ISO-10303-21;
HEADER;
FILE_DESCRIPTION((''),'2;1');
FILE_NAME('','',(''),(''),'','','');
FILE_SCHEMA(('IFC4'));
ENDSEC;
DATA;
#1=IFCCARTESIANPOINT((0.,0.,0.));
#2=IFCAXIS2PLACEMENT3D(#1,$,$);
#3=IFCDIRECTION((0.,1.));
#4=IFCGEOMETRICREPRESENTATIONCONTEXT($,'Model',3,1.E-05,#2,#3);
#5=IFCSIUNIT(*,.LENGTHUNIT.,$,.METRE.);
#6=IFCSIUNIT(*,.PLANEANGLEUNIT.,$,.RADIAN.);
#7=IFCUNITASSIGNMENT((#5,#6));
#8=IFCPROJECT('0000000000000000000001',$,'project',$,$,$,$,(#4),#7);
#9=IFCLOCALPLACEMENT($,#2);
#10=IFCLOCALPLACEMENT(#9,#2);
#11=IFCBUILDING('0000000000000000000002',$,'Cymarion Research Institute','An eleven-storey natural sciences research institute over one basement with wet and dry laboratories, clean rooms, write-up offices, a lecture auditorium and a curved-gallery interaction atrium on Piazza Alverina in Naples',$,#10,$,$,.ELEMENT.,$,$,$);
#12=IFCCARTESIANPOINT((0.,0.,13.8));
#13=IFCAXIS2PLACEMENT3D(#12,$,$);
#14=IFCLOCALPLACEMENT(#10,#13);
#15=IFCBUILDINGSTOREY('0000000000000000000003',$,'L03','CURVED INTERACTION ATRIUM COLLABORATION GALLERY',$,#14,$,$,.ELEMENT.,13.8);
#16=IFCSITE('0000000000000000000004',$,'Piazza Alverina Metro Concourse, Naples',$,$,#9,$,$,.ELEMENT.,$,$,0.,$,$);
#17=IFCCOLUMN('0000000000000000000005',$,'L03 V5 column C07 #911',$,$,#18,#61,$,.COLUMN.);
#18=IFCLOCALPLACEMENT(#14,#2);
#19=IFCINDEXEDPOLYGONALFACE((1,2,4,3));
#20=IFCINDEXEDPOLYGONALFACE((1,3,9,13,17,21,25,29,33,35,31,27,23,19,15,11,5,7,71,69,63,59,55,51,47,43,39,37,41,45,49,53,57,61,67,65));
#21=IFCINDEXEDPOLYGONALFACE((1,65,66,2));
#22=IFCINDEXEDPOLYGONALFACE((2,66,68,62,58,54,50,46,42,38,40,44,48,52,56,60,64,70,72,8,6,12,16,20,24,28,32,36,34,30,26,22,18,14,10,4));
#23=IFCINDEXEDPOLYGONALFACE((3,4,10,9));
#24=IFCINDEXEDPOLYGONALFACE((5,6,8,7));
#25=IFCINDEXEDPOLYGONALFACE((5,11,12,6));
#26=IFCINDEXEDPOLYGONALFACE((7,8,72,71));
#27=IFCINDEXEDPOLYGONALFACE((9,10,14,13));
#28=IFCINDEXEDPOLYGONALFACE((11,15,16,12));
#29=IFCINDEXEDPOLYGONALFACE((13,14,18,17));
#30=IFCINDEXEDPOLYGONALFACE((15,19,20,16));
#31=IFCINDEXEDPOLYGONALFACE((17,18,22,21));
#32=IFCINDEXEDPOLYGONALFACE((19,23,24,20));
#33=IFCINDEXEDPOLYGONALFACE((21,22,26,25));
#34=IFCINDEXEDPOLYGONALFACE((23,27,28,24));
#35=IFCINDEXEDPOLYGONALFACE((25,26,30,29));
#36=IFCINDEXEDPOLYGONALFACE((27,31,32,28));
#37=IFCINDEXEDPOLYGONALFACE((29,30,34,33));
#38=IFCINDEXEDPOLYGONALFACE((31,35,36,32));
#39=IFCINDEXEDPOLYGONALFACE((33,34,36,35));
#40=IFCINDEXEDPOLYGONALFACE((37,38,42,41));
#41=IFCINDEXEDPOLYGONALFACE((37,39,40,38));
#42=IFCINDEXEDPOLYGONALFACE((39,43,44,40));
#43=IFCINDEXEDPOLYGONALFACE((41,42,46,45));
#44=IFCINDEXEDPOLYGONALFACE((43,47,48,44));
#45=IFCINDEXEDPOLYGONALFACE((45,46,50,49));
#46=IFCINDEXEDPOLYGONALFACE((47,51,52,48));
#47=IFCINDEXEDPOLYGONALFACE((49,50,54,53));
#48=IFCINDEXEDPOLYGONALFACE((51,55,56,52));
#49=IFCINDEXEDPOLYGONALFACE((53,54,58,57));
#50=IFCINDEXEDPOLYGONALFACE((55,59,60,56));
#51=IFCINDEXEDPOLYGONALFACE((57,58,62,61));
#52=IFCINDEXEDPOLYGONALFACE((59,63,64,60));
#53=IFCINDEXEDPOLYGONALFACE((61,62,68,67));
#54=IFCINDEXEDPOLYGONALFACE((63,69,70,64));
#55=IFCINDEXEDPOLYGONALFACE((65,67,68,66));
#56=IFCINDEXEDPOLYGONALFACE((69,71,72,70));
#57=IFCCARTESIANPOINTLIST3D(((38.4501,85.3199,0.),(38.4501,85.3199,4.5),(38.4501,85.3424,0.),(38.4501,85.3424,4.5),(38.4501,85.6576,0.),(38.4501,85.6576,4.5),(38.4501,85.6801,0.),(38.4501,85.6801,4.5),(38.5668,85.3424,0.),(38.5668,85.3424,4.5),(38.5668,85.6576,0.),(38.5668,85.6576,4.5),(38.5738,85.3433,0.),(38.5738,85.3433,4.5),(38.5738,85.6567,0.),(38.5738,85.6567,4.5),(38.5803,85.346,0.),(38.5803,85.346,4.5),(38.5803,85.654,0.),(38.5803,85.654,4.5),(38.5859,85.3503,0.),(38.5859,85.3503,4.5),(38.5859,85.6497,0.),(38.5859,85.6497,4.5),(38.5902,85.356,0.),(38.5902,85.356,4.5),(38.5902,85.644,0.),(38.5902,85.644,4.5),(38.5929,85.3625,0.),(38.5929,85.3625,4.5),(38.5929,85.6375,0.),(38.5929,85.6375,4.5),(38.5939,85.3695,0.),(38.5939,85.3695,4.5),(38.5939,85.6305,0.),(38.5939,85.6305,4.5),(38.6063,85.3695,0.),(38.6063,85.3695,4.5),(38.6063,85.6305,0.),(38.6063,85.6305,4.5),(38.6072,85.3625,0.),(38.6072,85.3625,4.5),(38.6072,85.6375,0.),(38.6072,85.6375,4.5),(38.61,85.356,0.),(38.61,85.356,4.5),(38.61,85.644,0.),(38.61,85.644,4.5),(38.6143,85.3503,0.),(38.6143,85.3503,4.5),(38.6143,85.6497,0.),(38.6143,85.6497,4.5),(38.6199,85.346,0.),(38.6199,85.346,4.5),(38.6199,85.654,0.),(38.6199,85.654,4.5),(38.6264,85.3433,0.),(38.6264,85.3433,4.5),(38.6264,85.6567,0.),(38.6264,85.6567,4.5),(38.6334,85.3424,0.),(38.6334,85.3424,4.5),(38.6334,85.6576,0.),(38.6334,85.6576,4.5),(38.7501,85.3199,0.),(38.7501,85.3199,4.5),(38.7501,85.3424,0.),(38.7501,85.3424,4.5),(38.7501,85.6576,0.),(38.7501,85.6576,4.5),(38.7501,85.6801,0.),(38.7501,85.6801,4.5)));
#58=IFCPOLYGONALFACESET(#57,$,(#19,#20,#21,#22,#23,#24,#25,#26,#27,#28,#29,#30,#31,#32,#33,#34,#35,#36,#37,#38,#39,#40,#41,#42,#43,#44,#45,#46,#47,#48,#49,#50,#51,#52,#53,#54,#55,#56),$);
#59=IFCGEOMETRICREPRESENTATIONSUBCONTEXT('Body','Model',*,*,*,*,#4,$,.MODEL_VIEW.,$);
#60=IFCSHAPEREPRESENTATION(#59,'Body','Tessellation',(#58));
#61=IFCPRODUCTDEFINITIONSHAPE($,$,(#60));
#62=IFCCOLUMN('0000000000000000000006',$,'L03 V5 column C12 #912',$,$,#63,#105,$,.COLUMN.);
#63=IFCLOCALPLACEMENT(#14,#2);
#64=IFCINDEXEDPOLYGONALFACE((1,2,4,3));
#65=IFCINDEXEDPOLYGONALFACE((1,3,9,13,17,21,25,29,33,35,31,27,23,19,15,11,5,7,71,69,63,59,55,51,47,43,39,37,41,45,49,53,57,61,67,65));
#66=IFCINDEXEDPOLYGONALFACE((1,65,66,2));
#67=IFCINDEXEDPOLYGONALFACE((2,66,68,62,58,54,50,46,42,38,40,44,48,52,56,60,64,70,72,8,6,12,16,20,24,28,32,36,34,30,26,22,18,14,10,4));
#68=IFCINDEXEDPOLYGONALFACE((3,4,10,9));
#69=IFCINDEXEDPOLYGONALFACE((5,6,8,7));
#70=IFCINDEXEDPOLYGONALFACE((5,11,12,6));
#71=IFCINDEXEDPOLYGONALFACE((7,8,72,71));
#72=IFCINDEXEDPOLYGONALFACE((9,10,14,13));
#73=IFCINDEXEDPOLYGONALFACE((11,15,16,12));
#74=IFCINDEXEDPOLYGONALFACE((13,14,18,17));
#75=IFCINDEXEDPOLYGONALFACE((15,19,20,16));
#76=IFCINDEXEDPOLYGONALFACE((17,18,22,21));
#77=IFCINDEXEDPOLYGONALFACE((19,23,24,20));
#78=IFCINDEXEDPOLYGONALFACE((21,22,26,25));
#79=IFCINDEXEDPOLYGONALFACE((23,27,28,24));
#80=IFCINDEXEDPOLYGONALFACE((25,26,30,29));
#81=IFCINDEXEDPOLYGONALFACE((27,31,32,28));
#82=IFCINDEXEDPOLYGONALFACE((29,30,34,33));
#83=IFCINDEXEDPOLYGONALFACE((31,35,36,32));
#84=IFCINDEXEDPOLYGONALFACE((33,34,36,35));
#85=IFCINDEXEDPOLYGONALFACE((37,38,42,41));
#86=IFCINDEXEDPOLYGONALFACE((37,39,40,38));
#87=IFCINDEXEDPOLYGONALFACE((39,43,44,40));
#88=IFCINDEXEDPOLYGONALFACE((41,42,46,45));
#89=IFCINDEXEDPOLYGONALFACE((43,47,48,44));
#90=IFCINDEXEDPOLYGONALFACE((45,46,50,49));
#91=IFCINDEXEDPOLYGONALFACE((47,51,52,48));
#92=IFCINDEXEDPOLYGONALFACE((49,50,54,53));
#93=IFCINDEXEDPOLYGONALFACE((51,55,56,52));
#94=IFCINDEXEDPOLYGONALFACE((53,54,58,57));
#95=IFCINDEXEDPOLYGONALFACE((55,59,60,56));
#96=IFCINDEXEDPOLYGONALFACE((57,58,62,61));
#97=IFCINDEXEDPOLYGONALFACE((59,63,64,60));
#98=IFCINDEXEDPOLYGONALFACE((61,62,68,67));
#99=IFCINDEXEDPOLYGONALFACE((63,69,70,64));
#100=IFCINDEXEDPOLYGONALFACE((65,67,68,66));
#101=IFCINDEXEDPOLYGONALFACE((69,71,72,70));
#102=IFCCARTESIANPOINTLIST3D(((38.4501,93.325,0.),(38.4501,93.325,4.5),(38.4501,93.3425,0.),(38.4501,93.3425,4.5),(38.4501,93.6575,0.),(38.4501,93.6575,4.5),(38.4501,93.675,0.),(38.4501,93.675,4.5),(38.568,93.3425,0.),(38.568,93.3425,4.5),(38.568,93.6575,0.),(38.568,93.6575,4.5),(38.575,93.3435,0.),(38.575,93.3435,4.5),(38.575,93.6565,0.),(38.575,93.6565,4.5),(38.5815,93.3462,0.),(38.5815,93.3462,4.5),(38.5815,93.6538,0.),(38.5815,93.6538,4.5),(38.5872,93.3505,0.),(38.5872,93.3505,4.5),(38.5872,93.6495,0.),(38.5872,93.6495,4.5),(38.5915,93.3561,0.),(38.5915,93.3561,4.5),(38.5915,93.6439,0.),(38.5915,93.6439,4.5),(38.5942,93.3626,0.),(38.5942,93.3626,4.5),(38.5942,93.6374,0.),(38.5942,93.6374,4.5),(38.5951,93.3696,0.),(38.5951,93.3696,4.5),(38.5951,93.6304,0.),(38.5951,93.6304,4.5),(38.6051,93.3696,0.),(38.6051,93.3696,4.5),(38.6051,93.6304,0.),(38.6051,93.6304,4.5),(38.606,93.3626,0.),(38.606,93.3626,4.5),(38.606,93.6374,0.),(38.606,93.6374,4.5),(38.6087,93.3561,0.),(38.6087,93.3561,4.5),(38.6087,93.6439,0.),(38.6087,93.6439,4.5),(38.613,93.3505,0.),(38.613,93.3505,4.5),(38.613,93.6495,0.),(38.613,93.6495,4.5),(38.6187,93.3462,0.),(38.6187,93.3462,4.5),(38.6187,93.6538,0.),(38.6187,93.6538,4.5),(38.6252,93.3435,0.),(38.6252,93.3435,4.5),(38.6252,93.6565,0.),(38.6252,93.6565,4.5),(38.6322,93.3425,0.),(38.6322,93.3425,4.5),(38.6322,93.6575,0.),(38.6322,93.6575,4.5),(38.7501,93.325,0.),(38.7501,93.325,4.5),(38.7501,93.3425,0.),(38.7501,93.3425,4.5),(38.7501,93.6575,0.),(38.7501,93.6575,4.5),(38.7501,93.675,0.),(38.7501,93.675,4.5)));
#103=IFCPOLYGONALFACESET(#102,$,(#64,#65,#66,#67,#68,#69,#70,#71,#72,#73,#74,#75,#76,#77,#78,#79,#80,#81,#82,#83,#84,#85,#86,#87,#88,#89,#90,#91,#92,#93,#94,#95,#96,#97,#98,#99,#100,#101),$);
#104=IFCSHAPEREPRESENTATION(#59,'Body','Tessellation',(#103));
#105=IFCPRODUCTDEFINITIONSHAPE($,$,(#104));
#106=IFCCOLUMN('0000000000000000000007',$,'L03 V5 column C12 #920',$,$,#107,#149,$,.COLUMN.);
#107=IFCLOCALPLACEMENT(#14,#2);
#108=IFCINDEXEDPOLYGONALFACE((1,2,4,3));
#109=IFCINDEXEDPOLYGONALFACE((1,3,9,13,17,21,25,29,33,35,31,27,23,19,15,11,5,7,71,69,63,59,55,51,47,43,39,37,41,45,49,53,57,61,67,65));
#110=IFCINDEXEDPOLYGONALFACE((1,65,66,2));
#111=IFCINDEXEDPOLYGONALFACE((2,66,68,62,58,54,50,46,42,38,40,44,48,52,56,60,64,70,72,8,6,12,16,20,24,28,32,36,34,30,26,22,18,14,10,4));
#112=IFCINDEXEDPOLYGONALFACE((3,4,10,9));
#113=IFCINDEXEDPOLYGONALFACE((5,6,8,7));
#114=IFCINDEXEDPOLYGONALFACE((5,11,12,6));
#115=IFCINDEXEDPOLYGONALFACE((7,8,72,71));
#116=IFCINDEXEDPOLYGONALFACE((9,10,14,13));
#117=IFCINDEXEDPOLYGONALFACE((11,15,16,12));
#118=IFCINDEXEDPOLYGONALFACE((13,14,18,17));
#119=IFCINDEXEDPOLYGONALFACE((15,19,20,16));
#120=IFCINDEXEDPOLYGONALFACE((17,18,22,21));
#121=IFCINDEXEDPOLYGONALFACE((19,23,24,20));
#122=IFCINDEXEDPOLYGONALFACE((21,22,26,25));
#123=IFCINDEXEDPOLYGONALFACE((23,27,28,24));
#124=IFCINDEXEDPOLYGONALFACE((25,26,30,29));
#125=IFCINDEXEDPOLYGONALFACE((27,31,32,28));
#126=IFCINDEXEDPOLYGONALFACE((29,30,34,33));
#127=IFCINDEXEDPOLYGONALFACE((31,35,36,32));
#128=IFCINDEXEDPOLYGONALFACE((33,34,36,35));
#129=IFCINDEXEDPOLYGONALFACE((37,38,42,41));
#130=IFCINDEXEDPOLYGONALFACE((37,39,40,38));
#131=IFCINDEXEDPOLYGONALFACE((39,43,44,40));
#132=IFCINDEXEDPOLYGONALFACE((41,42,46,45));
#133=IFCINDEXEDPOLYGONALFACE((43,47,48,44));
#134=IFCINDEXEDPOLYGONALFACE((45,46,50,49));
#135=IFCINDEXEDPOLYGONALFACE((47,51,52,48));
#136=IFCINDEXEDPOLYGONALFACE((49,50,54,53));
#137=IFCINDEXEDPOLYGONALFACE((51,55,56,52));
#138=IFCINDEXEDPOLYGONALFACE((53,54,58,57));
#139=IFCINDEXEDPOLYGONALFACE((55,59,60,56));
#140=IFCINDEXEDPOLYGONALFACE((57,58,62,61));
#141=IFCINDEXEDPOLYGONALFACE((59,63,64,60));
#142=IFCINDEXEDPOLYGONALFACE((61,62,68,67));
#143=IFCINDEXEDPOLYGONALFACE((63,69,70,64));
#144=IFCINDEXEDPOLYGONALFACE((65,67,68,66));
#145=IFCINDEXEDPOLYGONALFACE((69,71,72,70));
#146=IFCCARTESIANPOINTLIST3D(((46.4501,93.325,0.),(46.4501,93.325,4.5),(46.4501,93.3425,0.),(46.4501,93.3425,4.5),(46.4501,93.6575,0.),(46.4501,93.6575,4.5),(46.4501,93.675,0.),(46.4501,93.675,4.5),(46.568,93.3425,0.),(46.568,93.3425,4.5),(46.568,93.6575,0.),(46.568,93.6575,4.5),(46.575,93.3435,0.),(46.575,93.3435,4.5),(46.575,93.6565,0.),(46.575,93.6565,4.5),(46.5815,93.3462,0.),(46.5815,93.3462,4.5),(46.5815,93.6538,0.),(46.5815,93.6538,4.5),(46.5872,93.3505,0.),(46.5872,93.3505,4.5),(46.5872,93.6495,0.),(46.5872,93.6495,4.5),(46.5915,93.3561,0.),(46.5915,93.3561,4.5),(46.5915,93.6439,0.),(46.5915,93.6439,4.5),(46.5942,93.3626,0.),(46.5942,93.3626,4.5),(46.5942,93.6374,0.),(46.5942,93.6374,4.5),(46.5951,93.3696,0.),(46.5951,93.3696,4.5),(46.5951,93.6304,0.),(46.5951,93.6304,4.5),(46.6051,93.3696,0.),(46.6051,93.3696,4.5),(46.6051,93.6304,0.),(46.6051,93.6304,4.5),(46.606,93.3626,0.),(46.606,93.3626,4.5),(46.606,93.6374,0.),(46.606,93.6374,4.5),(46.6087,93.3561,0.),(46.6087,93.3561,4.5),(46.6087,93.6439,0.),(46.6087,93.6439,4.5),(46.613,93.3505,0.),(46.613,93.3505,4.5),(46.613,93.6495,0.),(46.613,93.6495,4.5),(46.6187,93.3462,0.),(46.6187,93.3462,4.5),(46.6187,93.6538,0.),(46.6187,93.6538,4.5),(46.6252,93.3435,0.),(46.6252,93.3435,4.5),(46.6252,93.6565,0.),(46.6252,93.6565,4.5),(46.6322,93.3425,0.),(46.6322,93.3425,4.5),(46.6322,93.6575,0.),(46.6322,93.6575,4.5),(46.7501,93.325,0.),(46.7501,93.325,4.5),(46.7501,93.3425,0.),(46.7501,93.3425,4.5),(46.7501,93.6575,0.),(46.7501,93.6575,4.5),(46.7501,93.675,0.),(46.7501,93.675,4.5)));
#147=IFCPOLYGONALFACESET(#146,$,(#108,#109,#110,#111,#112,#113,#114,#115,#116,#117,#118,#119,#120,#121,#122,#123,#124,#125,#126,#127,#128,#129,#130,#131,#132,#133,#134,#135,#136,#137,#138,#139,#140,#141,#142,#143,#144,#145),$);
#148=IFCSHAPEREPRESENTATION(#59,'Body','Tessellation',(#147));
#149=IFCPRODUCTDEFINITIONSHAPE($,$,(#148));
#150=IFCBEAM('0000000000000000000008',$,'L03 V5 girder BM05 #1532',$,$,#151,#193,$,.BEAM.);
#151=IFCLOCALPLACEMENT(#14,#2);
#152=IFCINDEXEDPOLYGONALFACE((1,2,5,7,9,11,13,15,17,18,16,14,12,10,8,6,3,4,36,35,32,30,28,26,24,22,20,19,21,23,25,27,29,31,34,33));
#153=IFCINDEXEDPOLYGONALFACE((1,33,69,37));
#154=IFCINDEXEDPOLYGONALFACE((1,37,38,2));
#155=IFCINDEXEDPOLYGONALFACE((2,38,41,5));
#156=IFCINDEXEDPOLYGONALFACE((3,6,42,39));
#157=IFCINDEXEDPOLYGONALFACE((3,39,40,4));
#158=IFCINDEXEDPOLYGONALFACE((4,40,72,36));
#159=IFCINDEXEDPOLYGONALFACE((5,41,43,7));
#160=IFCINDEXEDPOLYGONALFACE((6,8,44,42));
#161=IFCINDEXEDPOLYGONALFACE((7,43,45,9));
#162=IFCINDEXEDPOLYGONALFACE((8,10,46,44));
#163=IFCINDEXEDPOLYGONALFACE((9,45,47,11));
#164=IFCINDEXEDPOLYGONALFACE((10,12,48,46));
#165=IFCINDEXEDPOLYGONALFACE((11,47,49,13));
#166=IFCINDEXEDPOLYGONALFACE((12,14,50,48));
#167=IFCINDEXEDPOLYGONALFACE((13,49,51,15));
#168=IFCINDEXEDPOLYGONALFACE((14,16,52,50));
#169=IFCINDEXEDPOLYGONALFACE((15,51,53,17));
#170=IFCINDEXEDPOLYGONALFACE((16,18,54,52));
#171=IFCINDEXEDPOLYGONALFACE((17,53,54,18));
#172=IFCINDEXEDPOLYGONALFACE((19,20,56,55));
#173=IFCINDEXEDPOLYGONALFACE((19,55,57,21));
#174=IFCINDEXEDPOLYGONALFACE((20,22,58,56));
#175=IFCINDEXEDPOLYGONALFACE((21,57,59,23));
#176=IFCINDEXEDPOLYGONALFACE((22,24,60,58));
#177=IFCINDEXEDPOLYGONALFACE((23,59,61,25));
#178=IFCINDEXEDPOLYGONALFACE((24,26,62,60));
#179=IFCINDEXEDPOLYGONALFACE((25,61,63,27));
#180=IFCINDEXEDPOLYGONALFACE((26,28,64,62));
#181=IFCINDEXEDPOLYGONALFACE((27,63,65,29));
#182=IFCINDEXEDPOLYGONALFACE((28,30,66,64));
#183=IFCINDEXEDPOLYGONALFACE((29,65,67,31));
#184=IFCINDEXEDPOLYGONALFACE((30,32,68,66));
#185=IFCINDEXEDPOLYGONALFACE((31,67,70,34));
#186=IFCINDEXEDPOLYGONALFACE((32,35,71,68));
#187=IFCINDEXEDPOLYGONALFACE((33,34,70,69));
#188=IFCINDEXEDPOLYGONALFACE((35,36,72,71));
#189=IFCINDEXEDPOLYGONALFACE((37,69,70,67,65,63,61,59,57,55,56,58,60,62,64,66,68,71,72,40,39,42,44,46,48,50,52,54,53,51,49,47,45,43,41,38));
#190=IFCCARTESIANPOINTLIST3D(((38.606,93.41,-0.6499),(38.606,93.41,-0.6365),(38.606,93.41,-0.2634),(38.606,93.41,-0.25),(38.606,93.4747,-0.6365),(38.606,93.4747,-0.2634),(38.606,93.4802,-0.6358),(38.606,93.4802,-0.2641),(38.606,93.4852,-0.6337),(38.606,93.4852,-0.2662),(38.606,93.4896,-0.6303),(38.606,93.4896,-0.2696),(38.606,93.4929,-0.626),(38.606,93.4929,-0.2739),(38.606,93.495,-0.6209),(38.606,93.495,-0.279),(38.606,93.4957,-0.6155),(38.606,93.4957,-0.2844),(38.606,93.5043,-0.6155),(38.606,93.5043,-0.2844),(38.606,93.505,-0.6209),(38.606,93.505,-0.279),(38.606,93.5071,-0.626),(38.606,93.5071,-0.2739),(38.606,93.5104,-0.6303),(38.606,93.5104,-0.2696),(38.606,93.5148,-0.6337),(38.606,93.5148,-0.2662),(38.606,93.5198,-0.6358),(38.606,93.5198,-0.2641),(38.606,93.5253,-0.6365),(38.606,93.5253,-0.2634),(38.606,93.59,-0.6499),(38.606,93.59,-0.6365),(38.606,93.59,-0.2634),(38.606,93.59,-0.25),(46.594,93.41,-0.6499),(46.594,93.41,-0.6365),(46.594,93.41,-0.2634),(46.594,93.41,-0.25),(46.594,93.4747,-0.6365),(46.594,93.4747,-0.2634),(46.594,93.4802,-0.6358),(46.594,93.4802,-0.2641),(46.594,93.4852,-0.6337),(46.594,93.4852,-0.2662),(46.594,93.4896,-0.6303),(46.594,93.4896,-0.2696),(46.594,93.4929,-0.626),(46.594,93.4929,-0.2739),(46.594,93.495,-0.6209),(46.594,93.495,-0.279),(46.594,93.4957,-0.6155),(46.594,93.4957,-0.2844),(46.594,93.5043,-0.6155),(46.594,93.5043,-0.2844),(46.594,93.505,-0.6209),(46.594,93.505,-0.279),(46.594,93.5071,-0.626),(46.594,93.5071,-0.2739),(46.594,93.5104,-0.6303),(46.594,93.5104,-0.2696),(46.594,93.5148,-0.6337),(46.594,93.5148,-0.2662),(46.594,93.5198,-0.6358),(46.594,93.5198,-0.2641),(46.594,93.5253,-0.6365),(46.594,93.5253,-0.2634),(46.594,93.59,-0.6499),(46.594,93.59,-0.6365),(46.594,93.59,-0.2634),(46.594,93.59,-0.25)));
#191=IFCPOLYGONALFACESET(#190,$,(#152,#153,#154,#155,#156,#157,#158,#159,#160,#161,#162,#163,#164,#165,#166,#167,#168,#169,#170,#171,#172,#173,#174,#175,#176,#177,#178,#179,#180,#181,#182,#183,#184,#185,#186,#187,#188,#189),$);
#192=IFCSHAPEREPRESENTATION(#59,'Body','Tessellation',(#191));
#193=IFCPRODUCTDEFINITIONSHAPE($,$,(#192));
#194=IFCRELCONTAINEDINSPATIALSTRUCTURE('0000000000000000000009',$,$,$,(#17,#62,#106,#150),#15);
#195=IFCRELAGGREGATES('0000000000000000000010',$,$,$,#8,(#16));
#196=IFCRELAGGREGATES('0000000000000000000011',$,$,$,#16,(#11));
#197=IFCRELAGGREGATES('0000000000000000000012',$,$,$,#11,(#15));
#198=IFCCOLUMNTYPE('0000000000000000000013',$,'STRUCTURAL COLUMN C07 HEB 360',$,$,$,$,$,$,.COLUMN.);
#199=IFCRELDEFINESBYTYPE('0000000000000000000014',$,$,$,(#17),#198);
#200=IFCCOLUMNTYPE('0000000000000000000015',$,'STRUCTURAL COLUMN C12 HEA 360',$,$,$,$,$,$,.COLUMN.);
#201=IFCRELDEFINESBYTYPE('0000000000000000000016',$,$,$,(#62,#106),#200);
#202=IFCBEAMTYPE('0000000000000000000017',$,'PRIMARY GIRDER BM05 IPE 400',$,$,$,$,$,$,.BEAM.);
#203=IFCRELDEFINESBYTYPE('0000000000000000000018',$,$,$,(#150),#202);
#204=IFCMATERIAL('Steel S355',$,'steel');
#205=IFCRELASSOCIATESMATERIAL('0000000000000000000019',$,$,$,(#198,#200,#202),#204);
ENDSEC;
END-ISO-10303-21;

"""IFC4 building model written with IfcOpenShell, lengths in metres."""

from ifc_helpers import new_model, si_unit, direction, frame, origin, origin_2d, place, context, subcontext, project, spatial, i_section, extrude, material, material_profile, profile_set, type_object, element, save


model = new_model("IFC4")

# Units and contexts
model_context = context("Model", 3, precision=1e-05, world=origin(), true_north=direction((0.0, 1.0)))
body_context = subcontext(model_context, "Body", "Model", "MODEL_VIEW")
ifc_project = project(units=[si_unit("LENGTHUNIT", "METRE"), si_unit("PLANEANGLEUNIT", "RADIAN")], contexts=[model_context])

# Site, building, storey
site_placement = place(None, origin())
site = spatial("IfcSite", under=ifc_project, at=site_placement, Name="Piazza Alverina Metro Concourse, Naples", CompositionType="ELEMENT", RefElevation=0.0)
building_placement = place(site_placement, origin())
building = spatial("IfcBuilding", under=site, at=building_placement, Name="Cymarion Research Institute", Description="An eleven-storey natural sciences research institute over one basement with wet and dry laboratories, clean rooms, write-up offices, a lecture auditorium and a curved-gallery interaction atrium on Piazza Alverina in Naples", CompositionType="ELEMENT")
storey_placement = place(building_placement, frame((0.0, 0.0, 13.8)))
storey = spatial("IfcBuildingStorey", under=building, at=storey_placement, Name="L03", Description="CURVED INTERACTION ATRIUM COLLABORATION GALLERY", CompositionType="ELEMENT", Elevation=13.8)

# Columns
ifc_material_1 = material(Name="Steel S355", Category="steel")
ifc_material_profile_1 = material_profile(ifc_material_1, i_section(OverallWidth=0.3, OverallDepth=0.3601, WebThickness=0.0125, FlangeThickness=0.0225, FilletRadius=0.0271, at=origin_2d()), Name="HEB 360")
ifc_profile_set_1 = profile_set([ifc_material_profile_1], Name="Steel S355")
column_type_1 = type_object("IfcColumnType", Name="STRUCTURAL COLUMN C07 HEB 360", PredefinedType="COLUMN", material=ifc_profile_set_1)
column_placement = place(storey_placement, frame((38.6001, 85.5, 0.0), z_axis=(0.0, 0.0, 1.0), x_axis=(1.0, 0.0, 0.0)))
element("IfcColumn", 1, at=column_placement, inside=storey, type_object=column_type_1, Name="L03 V5 column C07 #911", PredefinedType="COLUMN", context=body_context, shape_type="SweptSolid", body=[
    extrude(i_section(OverallWidth=0.3, OverallDepth=0.3601, WebThickness=0.0125, FlangeThickness=0.0225, FilletRadius=0.0271, at=origin_2d()), origin(), (0.0, 0.0, 1.0), 4.5),
])
ifc_material_profile_2 = material_profile(ifc_material_1, i_section(OverallWidth=0.3, OverallDepth=0.3501, WebThickness=0.01, FlangeThickness=0.0176, FilletRadius=0.0271, at=origin_2d()), Name="HEA 360")
ifc_profile_set_2 = profile_set([ifc_material_profile_2], Name="Steel S355")
column_type_2 = type_object("IfcColumnType", Name="STRUCTURAL COLUMN C12 HEA 360", PredefinedType="COLUMN", material=ifc_profile_set_2)
for number, where, z_axis, x_axis, name in (
    (2, (38.6001, 93.5, 0.0), (0.0, 0.0, 1.0), (1.0, 0.0, 0.0), "L03 V5 column C12 #912"),
    (3, (46.6001, 93.5, 0.0), (0.0, 0.0, 1.0), (1.0, 0.0, 0.0), "L03 V5 column C12 #920"),
):
    element("IfcColumn", number, at=place(storey_placement, frame(where, z_axis=z_axis, x_axis=x_axis)), inside=storey, type_object=column_type_2, Name=name, PredefinedType="COLUMN", context=body_context, shape_type="SweptSolid", body=[
        extrude(i_section(OverallWidth=0.3, OverallDepth=0.3501, WebThickness=0.01, FlangeThickness=0.0176, FilletRadius=0.0271, at=origin_2d()), origin(), (0.0, 0.0, 1.0), 4.5),
    ])

# Beam
ifc_material_profile_3 = material_profile(ifc_material_1, i_section(OverallWidth=0.1799, OverallDepth=0.3999, WebThickness=0.0085, FlangeThickness=0.0134, FilletRadius=0.021, at=origin_2d()), Name="IPE 400")
ifc_profile_set_3 = profile_set([ifc_material_profile_3], Name="Steel S355")
beam_type_1 = type_object("IfcBeamType", Name="PRIMARY GIRDER BM05 IPE 400", PredefinedType="BEAM", material=ifc_profile_set_3)
beam_1_placement = place(storey_placement, frame((38.606, 93.5, -0.45), z_axis=(1.0, 0.0, 0.0), x_axis=(0.0, 1.0, 0.0)))
element("IfcBeam", 4, at=beam_1_placement, inside=storey, type_object=beam_type_1, Name="L03 V5 girder BM05 #1532", PredefinedType="BEAM", context=body_context, shape_type="SweptSolid", body=[
    extrude(i_section(OverallWidth=0.1799, OverallDepth=0.3999, WebThickness=0.0085, FlangeThickness=0.0134, FilletRadius=0.021, at=origin_2d()), origin(), (0.0, 0.0, 1.0), 7.988),
])

save(model, "model.ifc")
